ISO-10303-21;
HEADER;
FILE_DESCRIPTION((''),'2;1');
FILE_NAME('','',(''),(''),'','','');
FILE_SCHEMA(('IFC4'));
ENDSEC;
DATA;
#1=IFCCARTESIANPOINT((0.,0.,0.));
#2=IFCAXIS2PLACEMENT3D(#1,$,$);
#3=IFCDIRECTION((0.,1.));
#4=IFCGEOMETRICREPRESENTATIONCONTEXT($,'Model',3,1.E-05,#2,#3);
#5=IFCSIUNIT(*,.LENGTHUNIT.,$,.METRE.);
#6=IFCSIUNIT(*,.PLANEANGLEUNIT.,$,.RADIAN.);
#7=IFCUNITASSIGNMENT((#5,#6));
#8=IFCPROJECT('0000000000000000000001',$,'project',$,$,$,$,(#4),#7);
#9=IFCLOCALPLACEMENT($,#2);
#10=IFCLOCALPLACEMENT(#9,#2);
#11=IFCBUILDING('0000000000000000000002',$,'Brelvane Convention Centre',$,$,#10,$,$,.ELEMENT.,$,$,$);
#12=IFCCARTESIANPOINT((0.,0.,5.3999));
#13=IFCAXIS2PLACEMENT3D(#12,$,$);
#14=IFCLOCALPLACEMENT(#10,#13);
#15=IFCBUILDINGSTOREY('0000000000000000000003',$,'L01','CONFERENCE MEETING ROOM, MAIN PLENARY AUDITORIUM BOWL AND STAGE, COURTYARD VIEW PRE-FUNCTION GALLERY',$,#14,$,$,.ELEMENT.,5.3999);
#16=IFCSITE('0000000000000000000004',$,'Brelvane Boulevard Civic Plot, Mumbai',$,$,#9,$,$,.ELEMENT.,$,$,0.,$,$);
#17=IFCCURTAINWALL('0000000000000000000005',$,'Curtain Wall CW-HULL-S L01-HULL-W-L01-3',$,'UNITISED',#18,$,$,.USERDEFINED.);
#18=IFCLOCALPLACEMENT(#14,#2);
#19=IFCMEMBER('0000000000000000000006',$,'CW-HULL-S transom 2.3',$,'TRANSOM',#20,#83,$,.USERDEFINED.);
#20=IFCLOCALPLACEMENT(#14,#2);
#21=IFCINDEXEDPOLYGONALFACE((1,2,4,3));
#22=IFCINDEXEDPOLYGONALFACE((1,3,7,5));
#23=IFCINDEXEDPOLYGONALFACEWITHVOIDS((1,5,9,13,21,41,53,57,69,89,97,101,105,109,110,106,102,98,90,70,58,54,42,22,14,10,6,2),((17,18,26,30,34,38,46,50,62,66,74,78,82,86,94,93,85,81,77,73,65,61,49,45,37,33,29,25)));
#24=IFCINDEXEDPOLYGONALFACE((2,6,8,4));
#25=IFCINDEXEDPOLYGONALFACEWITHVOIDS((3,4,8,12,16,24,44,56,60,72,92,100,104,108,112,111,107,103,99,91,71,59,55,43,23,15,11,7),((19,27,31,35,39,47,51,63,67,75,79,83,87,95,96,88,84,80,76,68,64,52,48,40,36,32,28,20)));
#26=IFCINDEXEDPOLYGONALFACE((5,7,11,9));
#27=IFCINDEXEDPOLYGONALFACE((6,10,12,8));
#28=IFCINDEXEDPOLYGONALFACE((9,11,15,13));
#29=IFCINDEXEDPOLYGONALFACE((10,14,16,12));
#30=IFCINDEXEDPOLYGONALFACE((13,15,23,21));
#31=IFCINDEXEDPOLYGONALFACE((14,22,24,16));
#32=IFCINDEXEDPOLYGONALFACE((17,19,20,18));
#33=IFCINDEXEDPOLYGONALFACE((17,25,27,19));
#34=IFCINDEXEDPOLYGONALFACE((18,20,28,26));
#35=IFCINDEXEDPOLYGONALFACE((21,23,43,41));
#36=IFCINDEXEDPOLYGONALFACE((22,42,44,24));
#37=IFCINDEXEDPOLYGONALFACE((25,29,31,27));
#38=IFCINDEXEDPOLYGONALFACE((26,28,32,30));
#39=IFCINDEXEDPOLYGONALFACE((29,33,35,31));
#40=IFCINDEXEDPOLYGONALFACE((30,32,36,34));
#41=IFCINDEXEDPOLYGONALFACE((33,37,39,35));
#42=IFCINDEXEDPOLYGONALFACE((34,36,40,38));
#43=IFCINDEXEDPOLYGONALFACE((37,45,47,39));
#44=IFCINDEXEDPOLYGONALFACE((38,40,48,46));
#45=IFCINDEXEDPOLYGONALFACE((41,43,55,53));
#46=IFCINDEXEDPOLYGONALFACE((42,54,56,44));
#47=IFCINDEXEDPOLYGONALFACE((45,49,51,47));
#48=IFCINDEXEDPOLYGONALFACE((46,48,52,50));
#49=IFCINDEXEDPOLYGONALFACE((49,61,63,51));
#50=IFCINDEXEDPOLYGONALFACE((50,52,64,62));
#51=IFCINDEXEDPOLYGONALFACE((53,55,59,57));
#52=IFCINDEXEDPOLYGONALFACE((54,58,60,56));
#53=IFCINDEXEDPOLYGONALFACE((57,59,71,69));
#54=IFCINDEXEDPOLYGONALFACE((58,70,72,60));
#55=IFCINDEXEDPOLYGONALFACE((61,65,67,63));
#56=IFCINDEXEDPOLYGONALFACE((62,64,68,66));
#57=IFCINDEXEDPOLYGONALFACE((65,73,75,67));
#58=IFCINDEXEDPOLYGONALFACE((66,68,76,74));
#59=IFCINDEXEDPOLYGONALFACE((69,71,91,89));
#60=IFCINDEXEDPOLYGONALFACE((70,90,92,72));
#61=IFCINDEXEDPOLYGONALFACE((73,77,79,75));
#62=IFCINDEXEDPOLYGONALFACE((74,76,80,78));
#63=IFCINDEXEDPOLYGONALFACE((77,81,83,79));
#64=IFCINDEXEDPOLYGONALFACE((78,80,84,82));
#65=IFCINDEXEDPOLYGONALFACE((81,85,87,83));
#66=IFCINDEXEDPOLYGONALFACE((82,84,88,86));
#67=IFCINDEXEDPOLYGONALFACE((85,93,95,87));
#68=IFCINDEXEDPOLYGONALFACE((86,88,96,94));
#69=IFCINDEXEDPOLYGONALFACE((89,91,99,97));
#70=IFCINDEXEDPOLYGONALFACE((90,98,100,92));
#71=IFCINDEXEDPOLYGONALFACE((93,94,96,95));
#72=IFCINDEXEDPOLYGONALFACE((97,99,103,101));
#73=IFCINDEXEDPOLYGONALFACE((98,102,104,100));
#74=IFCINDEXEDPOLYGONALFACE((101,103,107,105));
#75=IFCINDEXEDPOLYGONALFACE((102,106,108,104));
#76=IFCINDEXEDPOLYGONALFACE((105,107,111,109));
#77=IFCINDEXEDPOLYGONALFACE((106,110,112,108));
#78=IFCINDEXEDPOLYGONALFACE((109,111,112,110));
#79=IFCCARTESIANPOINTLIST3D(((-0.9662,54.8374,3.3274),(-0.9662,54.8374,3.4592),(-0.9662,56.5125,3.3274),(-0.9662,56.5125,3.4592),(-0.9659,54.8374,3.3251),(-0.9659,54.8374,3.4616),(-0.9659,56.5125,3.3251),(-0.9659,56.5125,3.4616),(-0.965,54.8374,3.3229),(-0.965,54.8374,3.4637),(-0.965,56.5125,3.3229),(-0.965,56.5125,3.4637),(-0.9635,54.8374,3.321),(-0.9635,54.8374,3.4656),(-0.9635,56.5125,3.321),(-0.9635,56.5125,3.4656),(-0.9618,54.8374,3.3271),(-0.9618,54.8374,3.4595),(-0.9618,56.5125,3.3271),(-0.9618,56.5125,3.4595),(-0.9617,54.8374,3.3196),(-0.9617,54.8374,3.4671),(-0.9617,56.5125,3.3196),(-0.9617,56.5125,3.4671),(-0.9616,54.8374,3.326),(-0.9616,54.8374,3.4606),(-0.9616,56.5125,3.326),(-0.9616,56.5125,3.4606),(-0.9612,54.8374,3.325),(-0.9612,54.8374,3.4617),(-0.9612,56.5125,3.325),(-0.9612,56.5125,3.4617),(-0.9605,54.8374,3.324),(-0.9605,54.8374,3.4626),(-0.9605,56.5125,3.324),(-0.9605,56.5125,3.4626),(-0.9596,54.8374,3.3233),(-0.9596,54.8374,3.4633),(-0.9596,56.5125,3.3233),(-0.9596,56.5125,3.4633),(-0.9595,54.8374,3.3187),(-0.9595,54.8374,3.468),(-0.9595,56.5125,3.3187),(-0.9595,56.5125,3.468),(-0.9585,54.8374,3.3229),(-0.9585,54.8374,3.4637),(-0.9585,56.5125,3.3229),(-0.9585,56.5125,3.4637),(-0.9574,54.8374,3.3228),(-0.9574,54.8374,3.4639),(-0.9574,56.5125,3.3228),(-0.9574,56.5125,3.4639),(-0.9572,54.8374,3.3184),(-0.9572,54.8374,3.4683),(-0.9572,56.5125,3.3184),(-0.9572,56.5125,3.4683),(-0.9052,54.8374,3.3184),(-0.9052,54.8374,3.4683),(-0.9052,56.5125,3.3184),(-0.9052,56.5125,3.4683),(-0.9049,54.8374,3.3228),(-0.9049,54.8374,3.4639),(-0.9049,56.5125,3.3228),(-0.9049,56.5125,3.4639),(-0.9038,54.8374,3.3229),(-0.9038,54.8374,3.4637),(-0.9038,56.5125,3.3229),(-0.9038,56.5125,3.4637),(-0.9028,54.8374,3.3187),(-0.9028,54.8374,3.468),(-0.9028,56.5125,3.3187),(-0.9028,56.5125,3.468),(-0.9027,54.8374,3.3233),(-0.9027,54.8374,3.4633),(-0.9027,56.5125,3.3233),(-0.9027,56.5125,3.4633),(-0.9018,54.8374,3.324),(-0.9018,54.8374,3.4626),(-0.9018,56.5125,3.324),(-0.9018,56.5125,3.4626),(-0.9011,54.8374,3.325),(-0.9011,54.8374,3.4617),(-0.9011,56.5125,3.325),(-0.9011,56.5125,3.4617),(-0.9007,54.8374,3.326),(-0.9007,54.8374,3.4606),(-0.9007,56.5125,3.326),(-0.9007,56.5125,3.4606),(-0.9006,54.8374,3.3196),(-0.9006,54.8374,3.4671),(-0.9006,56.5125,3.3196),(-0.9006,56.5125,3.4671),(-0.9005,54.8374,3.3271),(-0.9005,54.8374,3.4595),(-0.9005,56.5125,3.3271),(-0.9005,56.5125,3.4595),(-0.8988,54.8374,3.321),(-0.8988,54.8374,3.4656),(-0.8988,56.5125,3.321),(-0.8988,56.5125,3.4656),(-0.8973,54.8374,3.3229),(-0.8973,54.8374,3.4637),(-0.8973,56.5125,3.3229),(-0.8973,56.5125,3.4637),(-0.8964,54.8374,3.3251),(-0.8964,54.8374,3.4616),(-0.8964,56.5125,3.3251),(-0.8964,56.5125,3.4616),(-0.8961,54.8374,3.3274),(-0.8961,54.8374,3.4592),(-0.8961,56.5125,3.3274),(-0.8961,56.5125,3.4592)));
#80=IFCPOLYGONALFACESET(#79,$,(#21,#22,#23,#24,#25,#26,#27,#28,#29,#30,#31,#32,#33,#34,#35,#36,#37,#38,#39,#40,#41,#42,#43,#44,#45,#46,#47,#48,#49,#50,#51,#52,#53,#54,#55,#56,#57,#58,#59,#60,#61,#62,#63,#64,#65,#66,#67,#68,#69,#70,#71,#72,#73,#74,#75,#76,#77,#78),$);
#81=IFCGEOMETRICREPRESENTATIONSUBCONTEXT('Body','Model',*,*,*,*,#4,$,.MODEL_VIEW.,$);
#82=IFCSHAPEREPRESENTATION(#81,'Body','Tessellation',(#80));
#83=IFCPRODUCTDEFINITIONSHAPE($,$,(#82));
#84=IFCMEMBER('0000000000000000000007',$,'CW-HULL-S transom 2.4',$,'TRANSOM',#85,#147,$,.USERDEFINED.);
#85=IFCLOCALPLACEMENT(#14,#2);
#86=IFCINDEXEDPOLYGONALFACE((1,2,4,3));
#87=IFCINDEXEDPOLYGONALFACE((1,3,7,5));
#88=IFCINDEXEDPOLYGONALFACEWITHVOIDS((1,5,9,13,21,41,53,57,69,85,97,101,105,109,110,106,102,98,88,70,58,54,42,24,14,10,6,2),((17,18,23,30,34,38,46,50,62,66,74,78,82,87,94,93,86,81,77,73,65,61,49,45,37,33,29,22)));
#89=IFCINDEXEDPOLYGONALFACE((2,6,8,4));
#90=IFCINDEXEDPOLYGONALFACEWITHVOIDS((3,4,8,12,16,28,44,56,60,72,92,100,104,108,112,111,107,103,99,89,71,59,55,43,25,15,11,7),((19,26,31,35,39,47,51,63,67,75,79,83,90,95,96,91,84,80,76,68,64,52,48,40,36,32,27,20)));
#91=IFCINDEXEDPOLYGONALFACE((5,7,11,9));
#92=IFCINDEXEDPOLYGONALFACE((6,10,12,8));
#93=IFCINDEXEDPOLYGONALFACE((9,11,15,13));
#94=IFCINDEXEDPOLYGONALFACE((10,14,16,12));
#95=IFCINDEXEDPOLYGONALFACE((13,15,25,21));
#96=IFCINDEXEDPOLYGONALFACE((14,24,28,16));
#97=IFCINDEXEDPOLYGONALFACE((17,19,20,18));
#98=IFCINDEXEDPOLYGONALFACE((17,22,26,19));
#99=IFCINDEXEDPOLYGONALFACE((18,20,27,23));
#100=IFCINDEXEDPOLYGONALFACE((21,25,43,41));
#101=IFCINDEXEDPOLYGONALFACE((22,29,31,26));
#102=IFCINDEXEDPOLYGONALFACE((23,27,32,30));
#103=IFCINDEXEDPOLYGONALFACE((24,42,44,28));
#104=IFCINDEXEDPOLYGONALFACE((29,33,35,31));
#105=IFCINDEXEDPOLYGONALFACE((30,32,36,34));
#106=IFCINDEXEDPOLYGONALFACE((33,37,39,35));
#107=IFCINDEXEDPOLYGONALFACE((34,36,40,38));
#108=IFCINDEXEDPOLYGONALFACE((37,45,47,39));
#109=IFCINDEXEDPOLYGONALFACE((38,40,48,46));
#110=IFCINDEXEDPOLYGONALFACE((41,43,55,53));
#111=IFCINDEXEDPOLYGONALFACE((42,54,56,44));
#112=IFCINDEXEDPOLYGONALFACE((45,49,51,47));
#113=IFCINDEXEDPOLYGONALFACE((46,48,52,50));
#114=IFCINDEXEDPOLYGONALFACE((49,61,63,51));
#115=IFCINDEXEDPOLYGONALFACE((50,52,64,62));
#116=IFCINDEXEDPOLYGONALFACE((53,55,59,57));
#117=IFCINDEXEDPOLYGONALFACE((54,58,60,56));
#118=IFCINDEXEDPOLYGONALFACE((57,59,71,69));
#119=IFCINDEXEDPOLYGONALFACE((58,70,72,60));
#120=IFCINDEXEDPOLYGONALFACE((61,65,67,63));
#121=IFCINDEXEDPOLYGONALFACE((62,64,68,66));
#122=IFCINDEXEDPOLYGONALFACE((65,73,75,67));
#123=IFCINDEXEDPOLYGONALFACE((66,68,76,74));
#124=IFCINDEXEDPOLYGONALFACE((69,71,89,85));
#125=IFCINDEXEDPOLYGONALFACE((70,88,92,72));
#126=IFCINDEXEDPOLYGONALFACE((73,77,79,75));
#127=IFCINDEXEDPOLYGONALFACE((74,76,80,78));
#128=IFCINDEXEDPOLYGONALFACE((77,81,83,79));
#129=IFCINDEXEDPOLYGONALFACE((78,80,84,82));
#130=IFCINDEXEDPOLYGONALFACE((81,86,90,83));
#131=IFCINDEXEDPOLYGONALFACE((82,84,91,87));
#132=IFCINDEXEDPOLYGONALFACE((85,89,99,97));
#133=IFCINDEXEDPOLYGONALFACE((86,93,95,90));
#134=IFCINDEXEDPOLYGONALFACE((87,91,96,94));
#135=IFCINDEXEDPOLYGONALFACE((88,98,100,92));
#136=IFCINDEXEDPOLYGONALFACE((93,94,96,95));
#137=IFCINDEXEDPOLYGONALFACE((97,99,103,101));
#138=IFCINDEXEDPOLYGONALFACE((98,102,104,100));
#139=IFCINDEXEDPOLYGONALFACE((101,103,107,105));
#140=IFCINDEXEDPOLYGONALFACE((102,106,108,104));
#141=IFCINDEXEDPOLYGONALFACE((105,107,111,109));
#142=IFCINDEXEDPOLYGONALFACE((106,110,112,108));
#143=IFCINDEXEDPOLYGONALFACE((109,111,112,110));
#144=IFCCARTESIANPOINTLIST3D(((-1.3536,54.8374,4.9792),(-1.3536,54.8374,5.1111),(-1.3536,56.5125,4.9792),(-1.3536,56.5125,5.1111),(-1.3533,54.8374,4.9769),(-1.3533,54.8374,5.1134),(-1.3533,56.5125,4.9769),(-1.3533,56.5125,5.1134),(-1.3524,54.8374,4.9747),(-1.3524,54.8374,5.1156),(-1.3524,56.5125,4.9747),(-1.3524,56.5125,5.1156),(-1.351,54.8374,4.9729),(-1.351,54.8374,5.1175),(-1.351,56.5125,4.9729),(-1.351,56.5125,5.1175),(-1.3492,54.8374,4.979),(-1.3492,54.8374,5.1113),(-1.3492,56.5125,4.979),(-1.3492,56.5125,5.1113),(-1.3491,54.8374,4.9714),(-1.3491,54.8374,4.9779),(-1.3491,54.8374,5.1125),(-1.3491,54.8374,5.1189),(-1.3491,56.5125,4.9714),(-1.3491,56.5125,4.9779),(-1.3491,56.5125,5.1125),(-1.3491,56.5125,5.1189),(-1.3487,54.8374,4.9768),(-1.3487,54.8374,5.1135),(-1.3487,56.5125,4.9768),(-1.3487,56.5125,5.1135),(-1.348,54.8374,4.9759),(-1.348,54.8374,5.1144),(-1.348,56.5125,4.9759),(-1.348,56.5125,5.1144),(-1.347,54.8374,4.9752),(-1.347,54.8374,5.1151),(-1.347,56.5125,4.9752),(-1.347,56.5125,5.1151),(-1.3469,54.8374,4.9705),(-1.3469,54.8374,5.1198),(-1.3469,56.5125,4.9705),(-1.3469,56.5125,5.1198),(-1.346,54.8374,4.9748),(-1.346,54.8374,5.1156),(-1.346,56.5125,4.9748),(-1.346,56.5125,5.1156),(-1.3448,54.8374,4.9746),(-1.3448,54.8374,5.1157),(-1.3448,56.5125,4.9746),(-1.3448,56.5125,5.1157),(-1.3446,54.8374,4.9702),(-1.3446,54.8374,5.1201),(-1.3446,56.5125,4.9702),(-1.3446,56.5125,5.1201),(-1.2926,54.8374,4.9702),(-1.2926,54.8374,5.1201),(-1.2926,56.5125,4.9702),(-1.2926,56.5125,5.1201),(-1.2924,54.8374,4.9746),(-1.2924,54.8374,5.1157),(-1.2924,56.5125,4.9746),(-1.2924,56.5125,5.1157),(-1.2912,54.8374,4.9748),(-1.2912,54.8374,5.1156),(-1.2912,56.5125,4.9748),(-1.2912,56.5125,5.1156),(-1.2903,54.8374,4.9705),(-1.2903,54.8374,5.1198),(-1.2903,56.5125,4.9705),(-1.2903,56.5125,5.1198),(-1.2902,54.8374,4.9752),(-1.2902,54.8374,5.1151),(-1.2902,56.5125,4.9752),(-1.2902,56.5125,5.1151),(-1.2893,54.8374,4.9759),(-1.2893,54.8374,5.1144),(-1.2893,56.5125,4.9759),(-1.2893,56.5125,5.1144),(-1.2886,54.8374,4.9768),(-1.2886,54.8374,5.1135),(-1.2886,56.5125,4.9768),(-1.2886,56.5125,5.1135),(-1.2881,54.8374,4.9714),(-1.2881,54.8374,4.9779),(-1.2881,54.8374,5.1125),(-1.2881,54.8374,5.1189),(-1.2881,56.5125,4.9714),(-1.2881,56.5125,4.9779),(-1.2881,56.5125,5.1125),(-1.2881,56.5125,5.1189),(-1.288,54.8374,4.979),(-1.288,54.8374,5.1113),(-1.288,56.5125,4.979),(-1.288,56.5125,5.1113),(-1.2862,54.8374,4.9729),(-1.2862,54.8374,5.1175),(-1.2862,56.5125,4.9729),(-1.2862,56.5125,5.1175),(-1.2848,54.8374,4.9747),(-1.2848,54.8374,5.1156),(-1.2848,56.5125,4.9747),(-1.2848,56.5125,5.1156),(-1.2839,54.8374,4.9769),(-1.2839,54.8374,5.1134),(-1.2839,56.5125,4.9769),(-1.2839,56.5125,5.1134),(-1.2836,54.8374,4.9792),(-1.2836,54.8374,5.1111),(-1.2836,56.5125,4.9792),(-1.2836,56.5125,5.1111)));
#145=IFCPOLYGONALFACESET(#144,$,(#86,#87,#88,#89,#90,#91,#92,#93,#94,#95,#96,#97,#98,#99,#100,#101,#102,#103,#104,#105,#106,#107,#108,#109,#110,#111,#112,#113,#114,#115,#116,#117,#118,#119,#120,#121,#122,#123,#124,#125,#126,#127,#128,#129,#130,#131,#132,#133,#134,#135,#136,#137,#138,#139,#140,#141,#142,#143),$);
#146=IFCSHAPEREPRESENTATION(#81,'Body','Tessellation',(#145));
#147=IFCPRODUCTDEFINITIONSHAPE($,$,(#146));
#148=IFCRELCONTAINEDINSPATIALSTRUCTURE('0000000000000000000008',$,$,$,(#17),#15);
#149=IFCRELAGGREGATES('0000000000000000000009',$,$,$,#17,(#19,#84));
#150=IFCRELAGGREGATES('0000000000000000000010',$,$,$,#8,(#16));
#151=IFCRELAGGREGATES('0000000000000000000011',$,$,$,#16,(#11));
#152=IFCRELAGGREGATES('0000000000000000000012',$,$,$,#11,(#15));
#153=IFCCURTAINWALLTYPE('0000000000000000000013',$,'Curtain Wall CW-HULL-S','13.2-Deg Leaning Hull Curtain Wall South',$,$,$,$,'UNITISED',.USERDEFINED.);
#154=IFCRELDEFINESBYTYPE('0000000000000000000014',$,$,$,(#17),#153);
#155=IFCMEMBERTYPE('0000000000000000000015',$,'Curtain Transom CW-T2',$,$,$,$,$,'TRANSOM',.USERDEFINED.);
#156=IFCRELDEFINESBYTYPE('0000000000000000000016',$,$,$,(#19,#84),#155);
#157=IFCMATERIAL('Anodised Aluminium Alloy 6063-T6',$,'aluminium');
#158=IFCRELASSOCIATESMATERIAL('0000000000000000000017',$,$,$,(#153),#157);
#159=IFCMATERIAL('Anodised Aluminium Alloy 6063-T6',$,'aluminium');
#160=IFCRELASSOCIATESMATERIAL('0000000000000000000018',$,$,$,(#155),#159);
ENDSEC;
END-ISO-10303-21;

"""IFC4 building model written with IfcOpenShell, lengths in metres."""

from ifc_helpers import new_model, si_unit, direction, frame, origin, origin_2d, place, context, subcontext, project, spatial, hollow_rectangle, extrude, material, material_profile, profile_set, type_object, element, aggregate, save


model = new_model("IFC4")

# Units and contexts
model_context = context("Model", 3, precision=1e-05, world=origin(), true_north=direction((0.0, 1.0)))
body_context = subcontext(model_context, "Body", "Model", "MODEL_VIEW")
ifc_project = project(units=[si_unit("LENGTHUNIT", "METRE"), si_unit("PLANEANGLEUNIT", "RADIAN")], contexts=[model_context])

# Site, building, storey
site_placement = place(None, origin())
site = spatial("IfcSite", under=ifc_project, at=site_placement, Name="Brelvane Boulevard Civic Plot, Mumbai", CompositionType="ELEMENT", RefElevation=0.0)
building_placement = place(site_placement, origin())
building = spatial("IfcBuilding", under=site, at=building_placement, Name="Brelvane Convention Centre", CompositionType="ELEMENT")
storey_placement = place(building_placement, frame((0.0, 0.0, 5.3999)))
storey = spatial("IfcBuildingStorey", under=building, at=storey_placement, Name="L01", Description="CONFERENCE MEETING ROOM, MAIN PLENARY AUDITORIUM BOWL AND STAGE, COURTYARD VIEW PRE-FUNCTION GALLERY", CompositionType="ELEMENT", Elevation=5.3999)

# Shared definitions
ifc_material_1 = material(Name="Anodised Aluminium Alloy 6063-T6", Category="aluminium")
curtain_wall_type = type_object("IfcCurtainWallType", Name="Curtain Wall CW-HULL-S", Description="13.2-Deg Leaning Hull Curtain Wall South", ElementType="UNITISED", PredefinedType="USERDEFINED", material=ifc_material_1)

# Curtain wall, members
curtain_wall_1_placement = place(storey_placement, origin())
curtain_wall_1 = element("IfcCurtainWall", 1, at=curtain_wall_1_placement, inside=storey, type_object=curtain_wall_type, Name="Curtain Wall CW-HULL-S L01-HULL-W-L01-3", ObjectType="UNITISED", PredefinedType="USERDEFINED")
ifc_material_2 = material(Name="Anodised Aluminium Alloy 6063-T6", Category="aluminium")
ifc_material_profile_1 = material_profile(ifc_material_2, hollow_rectangle(XDim=0.0701, YDim=0.1499, WallThickness=0.0044, InnerFilletRadius=0.0044, OuterFilletRadius=0.009, at=origin_2d()), Name="ALU-T 150x70x4.5")
ifc_profile_set_1 = profile_set([ifc_material_profile_1], Name="Anodised Aluminium Alloy 6063-T6")
member_type_1 = type_object("IfcMemberType", Name="Curtain Transom CW-T2", ElementType="TRANSOM", PredefinedType="USERDEFINED", material=ifc_profile_set_1)
member_1_placement = place(storey_placement, frame((-0.9312, 54.8374, 3.3933), z_axis=(0.0, 1.0, 0.0), x_axis=(-1.0, 0.0, 0.0)))
member_1 = element("IfcMember", 2, at=member_1_placement, type_object=member_type_1, Name="CW-HULL-S transom 2.3", ObjectType="TRANSOM", PredefinedType="USERDEFINED", context=body_context, shape_type="SweptSolid", body=[
    extrude(hollow_rectangle(XDim=0.0701, YDim=0.1499, WallThickness=0.0044, InnerFilletRadius=0.0044, OuterFilletRadius=0.009, at=origin_2d()), origin(), (0.0, 0.0, 1.0), 1.675),
])
member_2_placement = place(storey_placement, frame((-1.3186, 54.8374, 5.0452), z_axis=(0.0, 1.0, 0.0), x_axis=(-1.0, 0.0, 0.0)))
member_2 = element("IfcMember", 3, at=member_2_placement, type_object=member_type_1, Name="CW-HULL-S transom 2.4", ObjectType="TRANSOM", PredefinedType="USERDEFINED", context=body_context, shape_type="SweptSolid", body=[
    extrude(hollow_rectangle(XDim=0.0701, YDim=0.1499, WallThickness=0.0044, InnerFilletRadius=0.0044, OuterFilletRadius=0.009, at=origin_2d()), origin(), (0.0, 0.0, 1.0), 1.675),
])

aggregate(curtain_wall_1, [member_1, member_2])

save(model, "model.ifc")
